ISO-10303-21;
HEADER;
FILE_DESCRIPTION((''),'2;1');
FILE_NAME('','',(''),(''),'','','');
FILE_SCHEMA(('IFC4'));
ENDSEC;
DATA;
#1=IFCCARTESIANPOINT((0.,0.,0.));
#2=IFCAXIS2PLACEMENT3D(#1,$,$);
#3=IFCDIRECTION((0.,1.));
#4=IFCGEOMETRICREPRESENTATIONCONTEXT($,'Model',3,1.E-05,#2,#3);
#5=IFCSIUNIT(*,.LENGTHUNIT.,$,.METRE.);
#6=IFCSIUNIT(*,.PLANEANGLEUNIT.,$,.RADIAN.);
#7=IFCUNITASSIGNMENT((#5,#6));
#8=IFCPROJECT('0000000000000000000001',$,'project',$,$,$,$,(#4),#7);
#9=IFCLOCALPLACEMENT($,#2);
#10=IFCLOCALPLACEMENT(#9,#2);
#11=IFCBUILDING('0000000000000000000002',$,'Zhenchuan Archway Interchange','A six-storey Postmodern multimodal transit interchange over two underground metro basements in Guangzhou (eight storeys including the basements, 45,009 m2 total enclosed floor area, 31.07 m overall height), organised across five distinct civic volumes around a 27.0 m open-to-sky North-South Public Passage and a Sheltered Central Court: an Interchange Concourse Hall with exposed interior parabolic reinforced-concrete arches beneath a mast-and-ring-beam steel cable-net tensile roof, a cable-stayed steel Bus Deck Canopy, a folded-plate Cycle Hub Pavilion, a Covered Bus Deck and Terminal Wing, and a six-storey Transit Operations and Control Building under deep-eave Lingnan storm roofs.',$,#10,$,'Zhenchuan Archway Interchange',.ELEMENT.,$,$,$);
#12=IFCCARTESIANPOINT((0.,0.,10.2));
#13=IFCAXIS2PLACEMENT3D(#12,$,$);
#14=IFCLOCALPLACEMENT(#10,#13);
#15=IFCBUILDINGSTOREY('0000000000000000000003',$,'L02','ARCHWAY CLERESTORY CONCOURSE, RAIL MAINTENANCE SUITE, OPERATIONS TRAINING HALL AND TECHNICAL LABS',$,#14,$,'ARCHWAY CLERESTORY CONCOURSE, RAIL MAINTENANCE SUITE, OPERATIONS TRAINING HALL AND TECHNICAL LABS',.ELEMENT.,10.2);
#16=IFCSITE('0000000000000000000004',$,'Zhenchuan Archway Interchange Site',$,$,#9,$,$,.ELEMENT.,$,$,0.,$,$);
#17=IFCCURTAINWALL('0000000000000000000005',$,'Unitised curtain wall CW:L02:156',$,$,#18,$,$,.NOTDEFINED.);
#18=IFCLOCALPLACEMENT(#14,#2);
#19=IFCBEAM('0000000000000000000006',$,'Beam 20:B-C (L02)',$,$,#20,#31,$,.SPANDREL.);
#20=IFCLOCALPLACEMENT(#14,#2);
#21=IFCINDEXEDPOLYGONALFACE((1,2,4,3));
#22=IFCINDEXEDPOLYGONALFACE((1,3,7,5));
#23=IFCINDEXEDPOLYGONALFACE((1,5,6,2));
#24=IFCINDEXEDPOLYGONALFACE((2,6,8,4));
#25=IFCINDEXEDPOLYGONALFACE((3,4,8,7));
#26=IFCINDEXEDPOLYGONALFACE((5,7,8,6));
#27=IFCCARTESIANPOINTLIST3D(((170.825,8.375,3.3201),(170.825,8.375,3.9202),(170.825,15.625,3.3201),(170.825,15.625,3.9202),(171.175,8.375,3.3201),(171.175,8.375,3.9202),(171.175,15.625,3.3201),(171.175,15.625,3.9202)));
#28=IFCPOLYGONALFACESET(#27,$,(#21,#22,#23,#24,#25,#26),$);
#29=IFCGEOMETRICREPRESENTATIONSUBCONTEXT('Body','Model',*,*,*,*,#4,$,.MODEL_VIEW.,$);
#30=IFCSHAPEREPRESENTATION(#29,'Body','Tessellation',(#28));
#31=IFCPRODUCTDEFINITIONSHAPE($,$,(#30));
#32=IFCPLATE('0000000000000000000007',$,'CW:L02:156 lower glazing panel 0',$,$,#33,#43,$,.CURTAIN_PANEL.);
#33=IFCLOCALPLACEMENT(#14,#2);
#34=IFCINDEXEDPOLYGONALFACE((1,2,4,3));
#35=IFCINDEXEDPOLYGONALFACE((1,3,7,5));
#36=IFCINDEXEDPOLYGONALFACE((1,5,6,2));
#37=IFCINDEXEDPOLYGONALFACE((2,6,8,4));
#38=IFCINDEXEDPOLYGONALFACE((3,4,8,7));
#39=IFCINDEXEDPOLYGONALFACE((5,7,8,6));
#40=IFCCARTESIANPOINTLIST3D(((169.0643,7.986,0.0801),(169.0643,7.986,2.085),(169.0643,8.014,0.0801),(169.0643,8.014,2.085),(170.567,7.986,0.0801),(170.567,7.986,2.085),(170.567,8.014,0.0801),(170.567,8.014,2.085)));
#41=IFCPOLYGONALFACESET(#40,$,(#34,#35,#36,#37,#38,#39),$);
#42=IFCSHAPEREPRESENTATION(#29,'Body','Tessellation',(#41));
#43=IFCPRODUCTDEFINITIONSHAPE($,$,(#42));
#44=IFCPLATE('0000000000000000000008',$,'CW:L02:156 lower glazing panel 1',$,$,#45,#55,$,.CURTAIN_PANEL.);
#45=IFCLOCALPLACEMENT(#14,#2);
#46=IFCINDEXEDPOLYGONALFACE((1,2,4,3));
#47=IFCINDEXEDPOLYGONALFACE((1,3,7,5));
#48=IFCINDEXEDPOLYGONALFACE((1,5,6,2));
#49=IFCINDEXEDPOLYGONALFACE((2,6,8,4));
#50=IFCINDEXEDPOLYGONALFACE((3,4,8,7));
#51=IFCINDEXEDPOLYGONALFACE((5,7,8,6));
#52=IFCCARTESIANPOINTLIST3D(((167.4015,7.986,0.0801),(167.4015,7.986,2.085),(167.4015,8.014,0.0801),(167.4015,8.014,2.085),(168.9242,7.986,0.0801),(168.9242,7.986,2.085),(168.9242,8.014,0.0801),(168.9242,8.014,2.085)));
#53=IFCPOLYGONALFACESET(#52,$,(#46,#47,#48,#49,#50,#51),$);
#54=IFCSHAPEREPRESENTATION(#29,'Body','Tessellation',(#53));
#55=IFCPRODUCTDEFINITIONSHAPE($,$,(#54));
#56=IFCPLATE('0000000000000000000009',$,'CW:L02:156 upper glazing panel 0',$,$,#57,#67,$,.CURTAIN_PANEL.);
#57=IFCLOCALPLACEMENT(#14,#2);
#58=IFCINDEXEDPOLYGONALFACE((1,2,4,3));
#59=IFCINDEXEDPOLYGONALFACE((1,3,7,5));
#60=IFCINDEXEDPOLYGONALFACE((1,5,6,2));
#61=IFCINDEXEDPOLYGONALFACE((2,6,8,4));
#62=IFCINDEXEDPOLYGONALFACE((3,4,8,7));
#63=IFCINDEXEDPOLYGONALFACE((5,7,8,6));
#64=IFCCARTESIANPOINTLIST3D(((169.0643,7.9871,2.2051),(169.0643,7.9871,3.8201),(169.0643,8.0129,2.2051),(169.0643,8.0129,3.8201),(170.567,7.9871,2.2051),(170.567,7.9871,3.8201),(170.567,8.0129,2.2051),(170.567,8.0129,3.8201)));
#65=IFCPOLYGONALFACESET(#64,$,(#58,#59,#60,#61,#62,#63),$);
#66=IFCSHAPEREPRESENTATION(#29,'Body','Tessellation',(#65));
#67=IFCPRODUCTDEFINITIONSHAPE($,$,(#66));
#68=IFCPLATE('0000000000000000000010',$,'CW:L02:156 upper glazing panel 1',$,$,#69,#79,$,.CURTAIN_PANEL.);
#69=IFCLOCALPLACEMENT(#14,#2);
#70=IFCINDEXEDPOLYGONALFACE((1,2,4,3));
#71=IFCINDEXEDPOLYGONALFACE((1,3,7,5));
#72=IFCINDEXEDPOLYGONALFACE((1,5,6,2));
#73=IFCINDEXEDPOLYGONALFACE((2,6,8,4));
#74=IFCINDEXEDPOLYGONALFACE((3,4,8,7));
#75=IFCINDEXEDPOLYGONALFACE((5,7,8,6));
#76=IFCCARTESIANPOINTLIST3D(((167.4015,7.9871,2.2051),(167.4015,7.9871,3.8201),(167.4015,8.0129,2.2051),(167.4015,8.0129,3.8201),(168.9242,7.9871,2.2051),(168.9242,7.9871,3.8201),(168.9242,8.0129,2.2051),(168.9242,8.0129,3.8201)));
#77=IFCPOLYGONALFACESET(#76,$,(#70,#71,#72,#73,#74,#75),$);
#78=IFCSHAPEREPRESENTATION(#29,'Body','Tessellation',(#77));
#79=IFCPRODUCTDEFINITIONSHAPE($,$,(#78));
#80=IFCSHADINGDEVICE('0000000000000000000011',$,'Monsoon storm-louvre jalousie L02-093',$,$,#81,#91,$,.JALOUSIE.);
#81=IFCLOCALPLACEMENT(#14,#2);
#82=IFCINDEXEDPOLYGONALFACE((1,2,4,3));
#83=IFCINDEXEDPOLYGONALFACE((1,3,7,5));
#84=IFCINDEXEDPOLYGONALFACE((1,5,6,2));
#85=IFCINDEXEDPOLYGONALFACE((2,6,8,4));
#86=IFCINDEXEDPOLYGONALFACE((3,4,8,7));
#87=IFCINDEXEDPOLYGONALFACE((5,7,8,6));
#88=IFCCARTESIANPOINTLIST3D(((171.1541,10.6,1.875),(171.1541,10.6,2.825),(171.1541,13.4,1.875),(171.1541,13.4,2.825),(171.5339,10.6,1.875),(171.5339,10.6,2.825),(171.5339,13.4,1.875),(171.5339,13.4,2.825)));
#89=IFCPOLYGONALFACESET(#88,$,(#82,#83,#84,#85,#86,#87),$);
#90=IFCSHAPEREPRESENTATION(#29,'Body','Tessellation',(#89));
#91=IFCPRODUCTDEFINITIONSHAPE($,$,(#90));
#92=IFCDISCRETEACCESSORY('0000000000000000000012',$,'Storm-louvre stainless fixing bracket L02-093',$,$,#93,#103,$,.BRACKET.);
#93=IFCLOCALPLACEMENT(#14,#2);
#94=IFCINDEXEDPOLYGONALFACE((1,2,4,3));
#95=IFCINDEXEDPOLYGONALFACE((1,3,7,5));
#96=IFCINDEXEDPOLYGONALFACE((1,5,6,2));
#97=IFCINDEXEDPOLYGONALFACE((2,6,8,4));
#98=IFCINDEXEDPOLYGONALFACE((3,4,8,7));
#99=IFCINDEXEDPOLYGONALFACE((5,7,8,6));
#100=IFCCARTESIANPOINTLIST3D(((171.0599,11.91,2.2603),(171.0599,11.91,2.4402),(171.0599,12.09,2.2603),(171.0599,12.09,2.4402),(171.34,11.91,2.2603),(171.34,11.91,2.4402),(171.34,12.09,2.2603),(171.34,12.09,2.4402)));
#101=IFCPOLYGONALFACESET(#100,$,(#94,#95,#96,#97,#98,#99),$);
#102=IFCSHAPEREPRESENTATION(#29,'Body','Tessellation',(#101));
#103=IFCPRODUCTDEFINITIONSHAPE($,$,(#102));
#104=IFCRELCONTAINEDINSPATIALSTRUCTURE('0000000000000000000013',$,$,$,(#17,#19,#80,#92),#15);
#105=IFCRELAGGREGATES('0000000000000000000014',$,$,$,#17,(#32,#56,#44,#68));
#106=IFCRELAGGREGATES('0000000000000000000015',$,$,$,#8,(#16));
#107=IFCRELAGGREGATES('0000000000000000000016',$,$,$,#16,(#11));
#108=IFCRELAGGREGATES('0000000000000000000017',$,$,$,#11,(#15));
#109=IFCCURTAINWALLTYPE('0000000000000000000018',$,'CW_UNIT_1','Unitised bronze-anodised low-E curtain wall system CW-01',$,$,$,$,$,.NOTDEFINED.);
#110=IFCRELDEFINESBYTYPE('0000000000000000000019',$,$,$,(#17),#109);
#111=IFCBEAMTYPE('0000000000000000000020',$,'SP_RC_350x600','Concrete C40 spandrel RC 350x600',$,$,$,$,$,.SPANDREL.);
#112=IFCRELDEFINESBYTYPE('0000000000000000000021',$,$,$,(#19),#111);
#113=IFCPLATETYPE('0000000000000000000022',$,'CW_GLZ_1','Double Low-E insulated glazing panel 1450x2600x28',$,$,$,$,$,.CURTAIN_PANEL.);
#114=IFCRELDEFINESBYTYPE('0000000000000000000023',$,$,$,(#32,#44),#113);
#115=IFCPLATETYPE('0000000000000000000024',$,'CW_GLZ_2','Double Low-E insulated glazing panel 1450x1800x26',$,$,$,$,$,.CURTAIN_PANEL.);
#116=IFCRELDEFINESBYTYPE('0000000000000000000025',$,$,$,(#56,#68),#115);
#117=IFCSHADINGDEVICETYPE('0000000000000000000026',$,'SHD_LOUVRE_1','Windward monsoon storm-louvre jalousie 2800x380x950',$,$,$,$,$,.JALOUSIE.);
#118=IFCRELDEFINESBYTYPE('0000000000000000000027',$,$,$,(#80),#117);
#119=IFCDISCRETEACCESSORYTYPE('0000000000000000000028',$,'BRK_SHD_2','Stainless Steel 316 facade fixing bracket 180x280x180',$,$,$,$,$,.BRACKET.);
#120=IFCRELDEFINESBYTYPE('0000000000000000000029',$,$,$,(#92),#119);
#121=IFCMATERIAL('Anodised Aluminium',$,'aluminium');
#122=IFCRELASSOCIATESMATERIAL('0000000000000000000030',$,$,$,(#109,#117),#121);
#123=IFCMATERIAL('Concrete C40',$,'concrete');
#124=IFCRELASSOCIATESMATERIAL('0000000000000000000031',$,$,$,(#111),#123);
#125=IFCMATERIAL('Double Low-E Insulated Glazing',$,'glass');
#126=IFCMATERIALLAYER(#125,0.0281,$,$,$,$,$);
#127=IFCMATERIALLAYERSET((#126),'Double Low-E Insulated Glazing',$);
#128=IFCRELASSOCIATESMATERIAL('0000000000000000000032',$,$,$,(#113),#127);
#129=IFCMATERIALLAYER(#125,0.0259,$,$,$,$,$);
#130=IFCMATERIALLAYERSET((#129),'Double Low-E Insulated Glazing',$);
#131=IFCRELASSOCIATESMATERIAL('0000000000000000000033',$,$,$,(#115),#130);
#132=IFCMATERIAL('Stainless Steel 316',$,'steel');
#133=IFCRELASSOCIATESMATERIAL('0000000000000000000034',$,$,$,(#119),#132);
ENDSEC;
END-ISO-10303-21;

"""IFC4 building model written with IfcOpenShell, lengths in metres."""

from ifc_helpers import new_model, si_unit, direction, frame, origin, origin_2d, place, context, subcontext, project, spatial, rectangle, extrude, material, layer, layer_set, material_profile, profile_set, type_object, element, aggregate, save


model = new_model("IFC4")

# Units and contexts
model_context = context("Model", 3, precision=1e-05, world=origin(), true_north=direction((0.0, 1.0)))
body_context = subcontext(model_context, "Body", "Model", "MODEL_VIEW")
ifc_project = project(units=[si_unit("LENGTHUNIT", "METRE"), si_unit("PLANEANGLEUNIT", "RADIAN")], contexts=[model_context])

# Site, building, storey
site_placement = place(None, origin())
site = spatial("IfcSite", under=ifc_project, at=site_placement, Name="Zhenchuan Archway Interchange Site", CompositionType="ELEMENT", RefElevation=0.0)
building_placement = place(site_placement, origin())
building = spatial("IfcBuilding", under=site, at=building_placement, Name="Zhenchuan Archway Interchange", Description="A six-storey Postmodern multimodal transit interchange over two underground metro basements in Guangzhou (eight storeys including the basements, 45,009 m2 total enclosed floor area, 31.07 m overall height), organised across five distinct civic volumes around a 27.0 m open-to-sky North-South Public Passage and a Sheltered Central Court: an Interchange Concourse Hall with exposed interior parabolic reinforced-concrete arches beneath a mast-and-ring-beam steel cable-net tensile roof, a cable-stayed steel Bus Deck Canopy, a folded-plate Cycle Hub Pavilion, a Covered Bus Deck and Terminal Wing, and a six-storey Transit Operations and Control Building under deep-eave Lingnan storm roofs.", LongName="Zhenchuan Archway Interchange", CompositionType="ELEMENT")
storey_placement = place(building_placement, frame((0.0, 0.0, 10.2)))
storey = spatial("IfcBuildingStorey", under=building, at=storey_placement, Name="L02", Description="ARCHWAY CLERESTORY CONCOURSE, RAIL MAINTENANCE SUITE, OPERATIONS TRAINING HALL AND TECHNICAL LABS", LongName="ARCHWAY CLERESTORY CONCOURSE, RAIL MAINTENANCE SUITE, OPERATIONS TRAINING HALL AND TECHNICAL LABS", CompositionType="ELEMENT", Elevation=10.2)

# Shared definitions
ifc_material_1 = material(Name="Concrete C40", Category="concrete")

# Curtain wall
ifc_material_2 = material(Name="Anodised Aluminium", Category="aluminium")
curtain_wall_type = type_object("IfcCurtainWallType", Name="CW_UNIT_1", Description="Unitised bronze-anodised low-E curtain wall system CW-01", PredefinedType="NOTDEFINED", material=ifc_material_2)
curtain_wall_placement = place(storey_placement, origin())
curtain_wall = element("IfcCurtainWall", 1, at=curtain_wall_placement, inside=storey, type_object=curtain_wall_type, Name="Unitised curtain wall CW:L02:156", PredefinedType="NOTDEFINED")

# Beam
ifc_material_profile_1 = material_profile(ifc_material_1, rectangle(XDim=0.3501, YDim=0.6001, at=origin_2d()), Name="RC 350x600")
ifc_profile_set_1 = profile_set([ifc_material_profile_1], Name="Concrete C40")
beam_type_1 = type_object("IfcBeamType", Name="SP_RC_350x600", Description="Concrete C40 spandrel RC 350x600", PredefinedType="SPANDREL", material=ifc_profile_set_1)
beam_1_placement = place(storey_placement, frame((171.0, 8.375, 3.6201), z_axis=(0.0, 1.0, 0.0), x_axis=(-1.0, 0.0, 0.0)))
element("IfcBeam", 2, at=beam_1_placement, inside=storey, type_object=beam_type_1, Name="Beam 20:B-C (L02)", PredefinedType="SPANDREL", context=body_context, shape_type="SweptSolid", body=[
    extrude(rectangle(XDim=0.3501, YDim=0.6001, at=origin_2d()), origin(), (0.0, 0.0, 1.0), 7.25),
])

# Plates
ifc_material_3 = material(Name="Double Low-E Insulated Glazing", Category="glass")
ifc_layer_1 = layer(ifc_material_3, 0.0281)
ifc_layer_set_1 = layer_set([ifc_layer_1], Name="Double Low-E Insulated Glazing")
plate_type_1 = type_object("IfcPlateType", Name="CW_GLZ_1", Description="Double Low-E insulated glazing panel 1450x2600x28", PredefinedType="CURTAIN_PANEL", material=ifc_layer_set_1)
plate_1_placement = place(storey_placement, frame((169.8157, 8.0, 0.0801), z_axis=(0.0, 0.0, 1.0), x_axis=(-1.0, 0.0, 0.0)))
plate_1 = element("IfcPlate", 3, at=plate_1_placement, type_object=plate_type_1, Name="CW:L02:156 lower glazing panel 0", PredefinedType="CURTAIN_PANEL", context=body_context, shape_type="SweptSolid", body=[
    extrude(rectangle(XDim=1.5027, YDim=0.0281, at=origin_2d()), origin(), (0.0, 0.0, 1.0), 2.0049),
])
plate_2_placement = place(storey_placement, frame((168.1628, 8.0, 0.0801), z_axis=(0.0, 0.0, 1.0), x_axis=(-1.0, 0.0, 0.0)))
plate_2 = element("IfcPlate", 4, at=plate_2_placement, type_object=plate_type_1, Name="CW:L02:156 lower glazing panel 1", PredefinedType="CURTAIN_PANEL", context=body_context, shape_type="SweptSolid", body=[
    extrude(rectangle(XDim=1.5227, YDim=0.0281, at=origin_2d()), origin(), (0.0, 0.0, 1.0), 2.0049),
])
ifc_layer_2 = layer(ifc_material_3, 0.0259)
ifc_layer_set_2 = layer_set([ifc_layer_2], Name="Double Low-E Insulated Glazing")
plate_type_2 = type_object("IfcPlateType", Name="CW_GLZ_2", Description="Double Low-E insulated glazing panel 1450x1800x26", PredefinedType="CURTAIN_PANEL", material=ifc_layer_set_2)
plate_3_placement = place(storey_placement, frame((169.8157, 8.0, 2.2051), z_axis=(0.0, 0.0, 1.0), x_axis=(-1.0, 0.0, 0.0)))
plate_3 = element("IfcPlate", 5, at=plate_3_placement, type_object=plate_type_2, Name="CW:L02:156 upper glazing panel 0", PredefinedType="CURTAIN_PANEL", context=body_context, shape_type="SweptSolid", body=[
    extrude(rectangle(XDim=1.5027, YDim=0.0259, at=origin_2d()), origin(), (0.0, 0.0, 1.0), 1.615),
])
plate_4_placement = place(storey_placement, frame((168.1628, 8.0, 2.2051), z_axis=(0.0, 0.0, 1.0), x_axis=(-1.0, 0.0, 0.0)))
plate_4 = element("IfcPlate", 6, at=plate_4_placement, type_object=plate_type_2, Name="CW:L02:156 upper glazing panel 1", PredefinedType="CURTAIN_PANEL", context=body_context, shape_type="SweptSolid", body=[
    extrude(rectangle(XDim=1.5227, YDim=0.0259, at=origin_2d()), origin(), (0.0, 0.0, 1.0), 1.615),
])
aggregate(curtain_wall, [plate_1, plate_3, plate_2, plate_4])

# Shading device
shading_device_type = type_object("IfcShadingDeviceType", Name="SHD_LOUVRE_1", Description="Windward monsoon storm-louvre jalousie 2800x380x950", PredefinedType="JALOUSIE", material=ifc_material_2)
shading_device_placement = place(storey_placement, frame((171.344, 12.0, 1.875), z_axis=(0.0, 0.0, 1.0), x_axis=(0.0, -1.0, 0.0)))
element("IfcShadingDevice", 7, at=shading_device_placement, inside=storey, type_object=shading_device_type, Name="Monsoon storm-louvre jalousie L02-093", PredefinedType="JALOUSIE", context=body_context, shape_type="SweptSolid", body=[
    extrude(rectangle(XDim=2.8, YDim=0.3799, at=origin_2d()), origin(), (0.0, 0.0, 1.0), 0.95),
])

# Discrete accessory
ifc_material_4 = material(Name="Stainless Steel 316", Category="steel")
discrete_accessory_type = type_object("IfcDiscreteAccessoryType", Name="BRK_SHD_2", Description="Stainless Steel 316 facade fixing bracket 180x280x180", PredefinedType="BRACKET", material=ifc_material_4)
discrete_accessory_placement = place(storey_placement, frame((171.2, 12.0, 2.2603), z_axis=(0.0, 0.0, 1.0), x_axis=(0.0, -1.0, 0.0)))
element("IfcDiscreteAccessory", 8, at=discrete_accessory_placement, inside=storey, type_object=discrete_accessory_type, Name="Storm-louvre stainless fixing bracket L02-093", PredefinedType="BRACKET", context=body_context, shape_type="SweptSolid", body=[
    extrude(rectangle(XDim=0.1799, YDim=0.28, at=origin_2d()), origin(), (0.0, 0.0, 1.0), 0.1799),
])

save(model, "model.ifc")
